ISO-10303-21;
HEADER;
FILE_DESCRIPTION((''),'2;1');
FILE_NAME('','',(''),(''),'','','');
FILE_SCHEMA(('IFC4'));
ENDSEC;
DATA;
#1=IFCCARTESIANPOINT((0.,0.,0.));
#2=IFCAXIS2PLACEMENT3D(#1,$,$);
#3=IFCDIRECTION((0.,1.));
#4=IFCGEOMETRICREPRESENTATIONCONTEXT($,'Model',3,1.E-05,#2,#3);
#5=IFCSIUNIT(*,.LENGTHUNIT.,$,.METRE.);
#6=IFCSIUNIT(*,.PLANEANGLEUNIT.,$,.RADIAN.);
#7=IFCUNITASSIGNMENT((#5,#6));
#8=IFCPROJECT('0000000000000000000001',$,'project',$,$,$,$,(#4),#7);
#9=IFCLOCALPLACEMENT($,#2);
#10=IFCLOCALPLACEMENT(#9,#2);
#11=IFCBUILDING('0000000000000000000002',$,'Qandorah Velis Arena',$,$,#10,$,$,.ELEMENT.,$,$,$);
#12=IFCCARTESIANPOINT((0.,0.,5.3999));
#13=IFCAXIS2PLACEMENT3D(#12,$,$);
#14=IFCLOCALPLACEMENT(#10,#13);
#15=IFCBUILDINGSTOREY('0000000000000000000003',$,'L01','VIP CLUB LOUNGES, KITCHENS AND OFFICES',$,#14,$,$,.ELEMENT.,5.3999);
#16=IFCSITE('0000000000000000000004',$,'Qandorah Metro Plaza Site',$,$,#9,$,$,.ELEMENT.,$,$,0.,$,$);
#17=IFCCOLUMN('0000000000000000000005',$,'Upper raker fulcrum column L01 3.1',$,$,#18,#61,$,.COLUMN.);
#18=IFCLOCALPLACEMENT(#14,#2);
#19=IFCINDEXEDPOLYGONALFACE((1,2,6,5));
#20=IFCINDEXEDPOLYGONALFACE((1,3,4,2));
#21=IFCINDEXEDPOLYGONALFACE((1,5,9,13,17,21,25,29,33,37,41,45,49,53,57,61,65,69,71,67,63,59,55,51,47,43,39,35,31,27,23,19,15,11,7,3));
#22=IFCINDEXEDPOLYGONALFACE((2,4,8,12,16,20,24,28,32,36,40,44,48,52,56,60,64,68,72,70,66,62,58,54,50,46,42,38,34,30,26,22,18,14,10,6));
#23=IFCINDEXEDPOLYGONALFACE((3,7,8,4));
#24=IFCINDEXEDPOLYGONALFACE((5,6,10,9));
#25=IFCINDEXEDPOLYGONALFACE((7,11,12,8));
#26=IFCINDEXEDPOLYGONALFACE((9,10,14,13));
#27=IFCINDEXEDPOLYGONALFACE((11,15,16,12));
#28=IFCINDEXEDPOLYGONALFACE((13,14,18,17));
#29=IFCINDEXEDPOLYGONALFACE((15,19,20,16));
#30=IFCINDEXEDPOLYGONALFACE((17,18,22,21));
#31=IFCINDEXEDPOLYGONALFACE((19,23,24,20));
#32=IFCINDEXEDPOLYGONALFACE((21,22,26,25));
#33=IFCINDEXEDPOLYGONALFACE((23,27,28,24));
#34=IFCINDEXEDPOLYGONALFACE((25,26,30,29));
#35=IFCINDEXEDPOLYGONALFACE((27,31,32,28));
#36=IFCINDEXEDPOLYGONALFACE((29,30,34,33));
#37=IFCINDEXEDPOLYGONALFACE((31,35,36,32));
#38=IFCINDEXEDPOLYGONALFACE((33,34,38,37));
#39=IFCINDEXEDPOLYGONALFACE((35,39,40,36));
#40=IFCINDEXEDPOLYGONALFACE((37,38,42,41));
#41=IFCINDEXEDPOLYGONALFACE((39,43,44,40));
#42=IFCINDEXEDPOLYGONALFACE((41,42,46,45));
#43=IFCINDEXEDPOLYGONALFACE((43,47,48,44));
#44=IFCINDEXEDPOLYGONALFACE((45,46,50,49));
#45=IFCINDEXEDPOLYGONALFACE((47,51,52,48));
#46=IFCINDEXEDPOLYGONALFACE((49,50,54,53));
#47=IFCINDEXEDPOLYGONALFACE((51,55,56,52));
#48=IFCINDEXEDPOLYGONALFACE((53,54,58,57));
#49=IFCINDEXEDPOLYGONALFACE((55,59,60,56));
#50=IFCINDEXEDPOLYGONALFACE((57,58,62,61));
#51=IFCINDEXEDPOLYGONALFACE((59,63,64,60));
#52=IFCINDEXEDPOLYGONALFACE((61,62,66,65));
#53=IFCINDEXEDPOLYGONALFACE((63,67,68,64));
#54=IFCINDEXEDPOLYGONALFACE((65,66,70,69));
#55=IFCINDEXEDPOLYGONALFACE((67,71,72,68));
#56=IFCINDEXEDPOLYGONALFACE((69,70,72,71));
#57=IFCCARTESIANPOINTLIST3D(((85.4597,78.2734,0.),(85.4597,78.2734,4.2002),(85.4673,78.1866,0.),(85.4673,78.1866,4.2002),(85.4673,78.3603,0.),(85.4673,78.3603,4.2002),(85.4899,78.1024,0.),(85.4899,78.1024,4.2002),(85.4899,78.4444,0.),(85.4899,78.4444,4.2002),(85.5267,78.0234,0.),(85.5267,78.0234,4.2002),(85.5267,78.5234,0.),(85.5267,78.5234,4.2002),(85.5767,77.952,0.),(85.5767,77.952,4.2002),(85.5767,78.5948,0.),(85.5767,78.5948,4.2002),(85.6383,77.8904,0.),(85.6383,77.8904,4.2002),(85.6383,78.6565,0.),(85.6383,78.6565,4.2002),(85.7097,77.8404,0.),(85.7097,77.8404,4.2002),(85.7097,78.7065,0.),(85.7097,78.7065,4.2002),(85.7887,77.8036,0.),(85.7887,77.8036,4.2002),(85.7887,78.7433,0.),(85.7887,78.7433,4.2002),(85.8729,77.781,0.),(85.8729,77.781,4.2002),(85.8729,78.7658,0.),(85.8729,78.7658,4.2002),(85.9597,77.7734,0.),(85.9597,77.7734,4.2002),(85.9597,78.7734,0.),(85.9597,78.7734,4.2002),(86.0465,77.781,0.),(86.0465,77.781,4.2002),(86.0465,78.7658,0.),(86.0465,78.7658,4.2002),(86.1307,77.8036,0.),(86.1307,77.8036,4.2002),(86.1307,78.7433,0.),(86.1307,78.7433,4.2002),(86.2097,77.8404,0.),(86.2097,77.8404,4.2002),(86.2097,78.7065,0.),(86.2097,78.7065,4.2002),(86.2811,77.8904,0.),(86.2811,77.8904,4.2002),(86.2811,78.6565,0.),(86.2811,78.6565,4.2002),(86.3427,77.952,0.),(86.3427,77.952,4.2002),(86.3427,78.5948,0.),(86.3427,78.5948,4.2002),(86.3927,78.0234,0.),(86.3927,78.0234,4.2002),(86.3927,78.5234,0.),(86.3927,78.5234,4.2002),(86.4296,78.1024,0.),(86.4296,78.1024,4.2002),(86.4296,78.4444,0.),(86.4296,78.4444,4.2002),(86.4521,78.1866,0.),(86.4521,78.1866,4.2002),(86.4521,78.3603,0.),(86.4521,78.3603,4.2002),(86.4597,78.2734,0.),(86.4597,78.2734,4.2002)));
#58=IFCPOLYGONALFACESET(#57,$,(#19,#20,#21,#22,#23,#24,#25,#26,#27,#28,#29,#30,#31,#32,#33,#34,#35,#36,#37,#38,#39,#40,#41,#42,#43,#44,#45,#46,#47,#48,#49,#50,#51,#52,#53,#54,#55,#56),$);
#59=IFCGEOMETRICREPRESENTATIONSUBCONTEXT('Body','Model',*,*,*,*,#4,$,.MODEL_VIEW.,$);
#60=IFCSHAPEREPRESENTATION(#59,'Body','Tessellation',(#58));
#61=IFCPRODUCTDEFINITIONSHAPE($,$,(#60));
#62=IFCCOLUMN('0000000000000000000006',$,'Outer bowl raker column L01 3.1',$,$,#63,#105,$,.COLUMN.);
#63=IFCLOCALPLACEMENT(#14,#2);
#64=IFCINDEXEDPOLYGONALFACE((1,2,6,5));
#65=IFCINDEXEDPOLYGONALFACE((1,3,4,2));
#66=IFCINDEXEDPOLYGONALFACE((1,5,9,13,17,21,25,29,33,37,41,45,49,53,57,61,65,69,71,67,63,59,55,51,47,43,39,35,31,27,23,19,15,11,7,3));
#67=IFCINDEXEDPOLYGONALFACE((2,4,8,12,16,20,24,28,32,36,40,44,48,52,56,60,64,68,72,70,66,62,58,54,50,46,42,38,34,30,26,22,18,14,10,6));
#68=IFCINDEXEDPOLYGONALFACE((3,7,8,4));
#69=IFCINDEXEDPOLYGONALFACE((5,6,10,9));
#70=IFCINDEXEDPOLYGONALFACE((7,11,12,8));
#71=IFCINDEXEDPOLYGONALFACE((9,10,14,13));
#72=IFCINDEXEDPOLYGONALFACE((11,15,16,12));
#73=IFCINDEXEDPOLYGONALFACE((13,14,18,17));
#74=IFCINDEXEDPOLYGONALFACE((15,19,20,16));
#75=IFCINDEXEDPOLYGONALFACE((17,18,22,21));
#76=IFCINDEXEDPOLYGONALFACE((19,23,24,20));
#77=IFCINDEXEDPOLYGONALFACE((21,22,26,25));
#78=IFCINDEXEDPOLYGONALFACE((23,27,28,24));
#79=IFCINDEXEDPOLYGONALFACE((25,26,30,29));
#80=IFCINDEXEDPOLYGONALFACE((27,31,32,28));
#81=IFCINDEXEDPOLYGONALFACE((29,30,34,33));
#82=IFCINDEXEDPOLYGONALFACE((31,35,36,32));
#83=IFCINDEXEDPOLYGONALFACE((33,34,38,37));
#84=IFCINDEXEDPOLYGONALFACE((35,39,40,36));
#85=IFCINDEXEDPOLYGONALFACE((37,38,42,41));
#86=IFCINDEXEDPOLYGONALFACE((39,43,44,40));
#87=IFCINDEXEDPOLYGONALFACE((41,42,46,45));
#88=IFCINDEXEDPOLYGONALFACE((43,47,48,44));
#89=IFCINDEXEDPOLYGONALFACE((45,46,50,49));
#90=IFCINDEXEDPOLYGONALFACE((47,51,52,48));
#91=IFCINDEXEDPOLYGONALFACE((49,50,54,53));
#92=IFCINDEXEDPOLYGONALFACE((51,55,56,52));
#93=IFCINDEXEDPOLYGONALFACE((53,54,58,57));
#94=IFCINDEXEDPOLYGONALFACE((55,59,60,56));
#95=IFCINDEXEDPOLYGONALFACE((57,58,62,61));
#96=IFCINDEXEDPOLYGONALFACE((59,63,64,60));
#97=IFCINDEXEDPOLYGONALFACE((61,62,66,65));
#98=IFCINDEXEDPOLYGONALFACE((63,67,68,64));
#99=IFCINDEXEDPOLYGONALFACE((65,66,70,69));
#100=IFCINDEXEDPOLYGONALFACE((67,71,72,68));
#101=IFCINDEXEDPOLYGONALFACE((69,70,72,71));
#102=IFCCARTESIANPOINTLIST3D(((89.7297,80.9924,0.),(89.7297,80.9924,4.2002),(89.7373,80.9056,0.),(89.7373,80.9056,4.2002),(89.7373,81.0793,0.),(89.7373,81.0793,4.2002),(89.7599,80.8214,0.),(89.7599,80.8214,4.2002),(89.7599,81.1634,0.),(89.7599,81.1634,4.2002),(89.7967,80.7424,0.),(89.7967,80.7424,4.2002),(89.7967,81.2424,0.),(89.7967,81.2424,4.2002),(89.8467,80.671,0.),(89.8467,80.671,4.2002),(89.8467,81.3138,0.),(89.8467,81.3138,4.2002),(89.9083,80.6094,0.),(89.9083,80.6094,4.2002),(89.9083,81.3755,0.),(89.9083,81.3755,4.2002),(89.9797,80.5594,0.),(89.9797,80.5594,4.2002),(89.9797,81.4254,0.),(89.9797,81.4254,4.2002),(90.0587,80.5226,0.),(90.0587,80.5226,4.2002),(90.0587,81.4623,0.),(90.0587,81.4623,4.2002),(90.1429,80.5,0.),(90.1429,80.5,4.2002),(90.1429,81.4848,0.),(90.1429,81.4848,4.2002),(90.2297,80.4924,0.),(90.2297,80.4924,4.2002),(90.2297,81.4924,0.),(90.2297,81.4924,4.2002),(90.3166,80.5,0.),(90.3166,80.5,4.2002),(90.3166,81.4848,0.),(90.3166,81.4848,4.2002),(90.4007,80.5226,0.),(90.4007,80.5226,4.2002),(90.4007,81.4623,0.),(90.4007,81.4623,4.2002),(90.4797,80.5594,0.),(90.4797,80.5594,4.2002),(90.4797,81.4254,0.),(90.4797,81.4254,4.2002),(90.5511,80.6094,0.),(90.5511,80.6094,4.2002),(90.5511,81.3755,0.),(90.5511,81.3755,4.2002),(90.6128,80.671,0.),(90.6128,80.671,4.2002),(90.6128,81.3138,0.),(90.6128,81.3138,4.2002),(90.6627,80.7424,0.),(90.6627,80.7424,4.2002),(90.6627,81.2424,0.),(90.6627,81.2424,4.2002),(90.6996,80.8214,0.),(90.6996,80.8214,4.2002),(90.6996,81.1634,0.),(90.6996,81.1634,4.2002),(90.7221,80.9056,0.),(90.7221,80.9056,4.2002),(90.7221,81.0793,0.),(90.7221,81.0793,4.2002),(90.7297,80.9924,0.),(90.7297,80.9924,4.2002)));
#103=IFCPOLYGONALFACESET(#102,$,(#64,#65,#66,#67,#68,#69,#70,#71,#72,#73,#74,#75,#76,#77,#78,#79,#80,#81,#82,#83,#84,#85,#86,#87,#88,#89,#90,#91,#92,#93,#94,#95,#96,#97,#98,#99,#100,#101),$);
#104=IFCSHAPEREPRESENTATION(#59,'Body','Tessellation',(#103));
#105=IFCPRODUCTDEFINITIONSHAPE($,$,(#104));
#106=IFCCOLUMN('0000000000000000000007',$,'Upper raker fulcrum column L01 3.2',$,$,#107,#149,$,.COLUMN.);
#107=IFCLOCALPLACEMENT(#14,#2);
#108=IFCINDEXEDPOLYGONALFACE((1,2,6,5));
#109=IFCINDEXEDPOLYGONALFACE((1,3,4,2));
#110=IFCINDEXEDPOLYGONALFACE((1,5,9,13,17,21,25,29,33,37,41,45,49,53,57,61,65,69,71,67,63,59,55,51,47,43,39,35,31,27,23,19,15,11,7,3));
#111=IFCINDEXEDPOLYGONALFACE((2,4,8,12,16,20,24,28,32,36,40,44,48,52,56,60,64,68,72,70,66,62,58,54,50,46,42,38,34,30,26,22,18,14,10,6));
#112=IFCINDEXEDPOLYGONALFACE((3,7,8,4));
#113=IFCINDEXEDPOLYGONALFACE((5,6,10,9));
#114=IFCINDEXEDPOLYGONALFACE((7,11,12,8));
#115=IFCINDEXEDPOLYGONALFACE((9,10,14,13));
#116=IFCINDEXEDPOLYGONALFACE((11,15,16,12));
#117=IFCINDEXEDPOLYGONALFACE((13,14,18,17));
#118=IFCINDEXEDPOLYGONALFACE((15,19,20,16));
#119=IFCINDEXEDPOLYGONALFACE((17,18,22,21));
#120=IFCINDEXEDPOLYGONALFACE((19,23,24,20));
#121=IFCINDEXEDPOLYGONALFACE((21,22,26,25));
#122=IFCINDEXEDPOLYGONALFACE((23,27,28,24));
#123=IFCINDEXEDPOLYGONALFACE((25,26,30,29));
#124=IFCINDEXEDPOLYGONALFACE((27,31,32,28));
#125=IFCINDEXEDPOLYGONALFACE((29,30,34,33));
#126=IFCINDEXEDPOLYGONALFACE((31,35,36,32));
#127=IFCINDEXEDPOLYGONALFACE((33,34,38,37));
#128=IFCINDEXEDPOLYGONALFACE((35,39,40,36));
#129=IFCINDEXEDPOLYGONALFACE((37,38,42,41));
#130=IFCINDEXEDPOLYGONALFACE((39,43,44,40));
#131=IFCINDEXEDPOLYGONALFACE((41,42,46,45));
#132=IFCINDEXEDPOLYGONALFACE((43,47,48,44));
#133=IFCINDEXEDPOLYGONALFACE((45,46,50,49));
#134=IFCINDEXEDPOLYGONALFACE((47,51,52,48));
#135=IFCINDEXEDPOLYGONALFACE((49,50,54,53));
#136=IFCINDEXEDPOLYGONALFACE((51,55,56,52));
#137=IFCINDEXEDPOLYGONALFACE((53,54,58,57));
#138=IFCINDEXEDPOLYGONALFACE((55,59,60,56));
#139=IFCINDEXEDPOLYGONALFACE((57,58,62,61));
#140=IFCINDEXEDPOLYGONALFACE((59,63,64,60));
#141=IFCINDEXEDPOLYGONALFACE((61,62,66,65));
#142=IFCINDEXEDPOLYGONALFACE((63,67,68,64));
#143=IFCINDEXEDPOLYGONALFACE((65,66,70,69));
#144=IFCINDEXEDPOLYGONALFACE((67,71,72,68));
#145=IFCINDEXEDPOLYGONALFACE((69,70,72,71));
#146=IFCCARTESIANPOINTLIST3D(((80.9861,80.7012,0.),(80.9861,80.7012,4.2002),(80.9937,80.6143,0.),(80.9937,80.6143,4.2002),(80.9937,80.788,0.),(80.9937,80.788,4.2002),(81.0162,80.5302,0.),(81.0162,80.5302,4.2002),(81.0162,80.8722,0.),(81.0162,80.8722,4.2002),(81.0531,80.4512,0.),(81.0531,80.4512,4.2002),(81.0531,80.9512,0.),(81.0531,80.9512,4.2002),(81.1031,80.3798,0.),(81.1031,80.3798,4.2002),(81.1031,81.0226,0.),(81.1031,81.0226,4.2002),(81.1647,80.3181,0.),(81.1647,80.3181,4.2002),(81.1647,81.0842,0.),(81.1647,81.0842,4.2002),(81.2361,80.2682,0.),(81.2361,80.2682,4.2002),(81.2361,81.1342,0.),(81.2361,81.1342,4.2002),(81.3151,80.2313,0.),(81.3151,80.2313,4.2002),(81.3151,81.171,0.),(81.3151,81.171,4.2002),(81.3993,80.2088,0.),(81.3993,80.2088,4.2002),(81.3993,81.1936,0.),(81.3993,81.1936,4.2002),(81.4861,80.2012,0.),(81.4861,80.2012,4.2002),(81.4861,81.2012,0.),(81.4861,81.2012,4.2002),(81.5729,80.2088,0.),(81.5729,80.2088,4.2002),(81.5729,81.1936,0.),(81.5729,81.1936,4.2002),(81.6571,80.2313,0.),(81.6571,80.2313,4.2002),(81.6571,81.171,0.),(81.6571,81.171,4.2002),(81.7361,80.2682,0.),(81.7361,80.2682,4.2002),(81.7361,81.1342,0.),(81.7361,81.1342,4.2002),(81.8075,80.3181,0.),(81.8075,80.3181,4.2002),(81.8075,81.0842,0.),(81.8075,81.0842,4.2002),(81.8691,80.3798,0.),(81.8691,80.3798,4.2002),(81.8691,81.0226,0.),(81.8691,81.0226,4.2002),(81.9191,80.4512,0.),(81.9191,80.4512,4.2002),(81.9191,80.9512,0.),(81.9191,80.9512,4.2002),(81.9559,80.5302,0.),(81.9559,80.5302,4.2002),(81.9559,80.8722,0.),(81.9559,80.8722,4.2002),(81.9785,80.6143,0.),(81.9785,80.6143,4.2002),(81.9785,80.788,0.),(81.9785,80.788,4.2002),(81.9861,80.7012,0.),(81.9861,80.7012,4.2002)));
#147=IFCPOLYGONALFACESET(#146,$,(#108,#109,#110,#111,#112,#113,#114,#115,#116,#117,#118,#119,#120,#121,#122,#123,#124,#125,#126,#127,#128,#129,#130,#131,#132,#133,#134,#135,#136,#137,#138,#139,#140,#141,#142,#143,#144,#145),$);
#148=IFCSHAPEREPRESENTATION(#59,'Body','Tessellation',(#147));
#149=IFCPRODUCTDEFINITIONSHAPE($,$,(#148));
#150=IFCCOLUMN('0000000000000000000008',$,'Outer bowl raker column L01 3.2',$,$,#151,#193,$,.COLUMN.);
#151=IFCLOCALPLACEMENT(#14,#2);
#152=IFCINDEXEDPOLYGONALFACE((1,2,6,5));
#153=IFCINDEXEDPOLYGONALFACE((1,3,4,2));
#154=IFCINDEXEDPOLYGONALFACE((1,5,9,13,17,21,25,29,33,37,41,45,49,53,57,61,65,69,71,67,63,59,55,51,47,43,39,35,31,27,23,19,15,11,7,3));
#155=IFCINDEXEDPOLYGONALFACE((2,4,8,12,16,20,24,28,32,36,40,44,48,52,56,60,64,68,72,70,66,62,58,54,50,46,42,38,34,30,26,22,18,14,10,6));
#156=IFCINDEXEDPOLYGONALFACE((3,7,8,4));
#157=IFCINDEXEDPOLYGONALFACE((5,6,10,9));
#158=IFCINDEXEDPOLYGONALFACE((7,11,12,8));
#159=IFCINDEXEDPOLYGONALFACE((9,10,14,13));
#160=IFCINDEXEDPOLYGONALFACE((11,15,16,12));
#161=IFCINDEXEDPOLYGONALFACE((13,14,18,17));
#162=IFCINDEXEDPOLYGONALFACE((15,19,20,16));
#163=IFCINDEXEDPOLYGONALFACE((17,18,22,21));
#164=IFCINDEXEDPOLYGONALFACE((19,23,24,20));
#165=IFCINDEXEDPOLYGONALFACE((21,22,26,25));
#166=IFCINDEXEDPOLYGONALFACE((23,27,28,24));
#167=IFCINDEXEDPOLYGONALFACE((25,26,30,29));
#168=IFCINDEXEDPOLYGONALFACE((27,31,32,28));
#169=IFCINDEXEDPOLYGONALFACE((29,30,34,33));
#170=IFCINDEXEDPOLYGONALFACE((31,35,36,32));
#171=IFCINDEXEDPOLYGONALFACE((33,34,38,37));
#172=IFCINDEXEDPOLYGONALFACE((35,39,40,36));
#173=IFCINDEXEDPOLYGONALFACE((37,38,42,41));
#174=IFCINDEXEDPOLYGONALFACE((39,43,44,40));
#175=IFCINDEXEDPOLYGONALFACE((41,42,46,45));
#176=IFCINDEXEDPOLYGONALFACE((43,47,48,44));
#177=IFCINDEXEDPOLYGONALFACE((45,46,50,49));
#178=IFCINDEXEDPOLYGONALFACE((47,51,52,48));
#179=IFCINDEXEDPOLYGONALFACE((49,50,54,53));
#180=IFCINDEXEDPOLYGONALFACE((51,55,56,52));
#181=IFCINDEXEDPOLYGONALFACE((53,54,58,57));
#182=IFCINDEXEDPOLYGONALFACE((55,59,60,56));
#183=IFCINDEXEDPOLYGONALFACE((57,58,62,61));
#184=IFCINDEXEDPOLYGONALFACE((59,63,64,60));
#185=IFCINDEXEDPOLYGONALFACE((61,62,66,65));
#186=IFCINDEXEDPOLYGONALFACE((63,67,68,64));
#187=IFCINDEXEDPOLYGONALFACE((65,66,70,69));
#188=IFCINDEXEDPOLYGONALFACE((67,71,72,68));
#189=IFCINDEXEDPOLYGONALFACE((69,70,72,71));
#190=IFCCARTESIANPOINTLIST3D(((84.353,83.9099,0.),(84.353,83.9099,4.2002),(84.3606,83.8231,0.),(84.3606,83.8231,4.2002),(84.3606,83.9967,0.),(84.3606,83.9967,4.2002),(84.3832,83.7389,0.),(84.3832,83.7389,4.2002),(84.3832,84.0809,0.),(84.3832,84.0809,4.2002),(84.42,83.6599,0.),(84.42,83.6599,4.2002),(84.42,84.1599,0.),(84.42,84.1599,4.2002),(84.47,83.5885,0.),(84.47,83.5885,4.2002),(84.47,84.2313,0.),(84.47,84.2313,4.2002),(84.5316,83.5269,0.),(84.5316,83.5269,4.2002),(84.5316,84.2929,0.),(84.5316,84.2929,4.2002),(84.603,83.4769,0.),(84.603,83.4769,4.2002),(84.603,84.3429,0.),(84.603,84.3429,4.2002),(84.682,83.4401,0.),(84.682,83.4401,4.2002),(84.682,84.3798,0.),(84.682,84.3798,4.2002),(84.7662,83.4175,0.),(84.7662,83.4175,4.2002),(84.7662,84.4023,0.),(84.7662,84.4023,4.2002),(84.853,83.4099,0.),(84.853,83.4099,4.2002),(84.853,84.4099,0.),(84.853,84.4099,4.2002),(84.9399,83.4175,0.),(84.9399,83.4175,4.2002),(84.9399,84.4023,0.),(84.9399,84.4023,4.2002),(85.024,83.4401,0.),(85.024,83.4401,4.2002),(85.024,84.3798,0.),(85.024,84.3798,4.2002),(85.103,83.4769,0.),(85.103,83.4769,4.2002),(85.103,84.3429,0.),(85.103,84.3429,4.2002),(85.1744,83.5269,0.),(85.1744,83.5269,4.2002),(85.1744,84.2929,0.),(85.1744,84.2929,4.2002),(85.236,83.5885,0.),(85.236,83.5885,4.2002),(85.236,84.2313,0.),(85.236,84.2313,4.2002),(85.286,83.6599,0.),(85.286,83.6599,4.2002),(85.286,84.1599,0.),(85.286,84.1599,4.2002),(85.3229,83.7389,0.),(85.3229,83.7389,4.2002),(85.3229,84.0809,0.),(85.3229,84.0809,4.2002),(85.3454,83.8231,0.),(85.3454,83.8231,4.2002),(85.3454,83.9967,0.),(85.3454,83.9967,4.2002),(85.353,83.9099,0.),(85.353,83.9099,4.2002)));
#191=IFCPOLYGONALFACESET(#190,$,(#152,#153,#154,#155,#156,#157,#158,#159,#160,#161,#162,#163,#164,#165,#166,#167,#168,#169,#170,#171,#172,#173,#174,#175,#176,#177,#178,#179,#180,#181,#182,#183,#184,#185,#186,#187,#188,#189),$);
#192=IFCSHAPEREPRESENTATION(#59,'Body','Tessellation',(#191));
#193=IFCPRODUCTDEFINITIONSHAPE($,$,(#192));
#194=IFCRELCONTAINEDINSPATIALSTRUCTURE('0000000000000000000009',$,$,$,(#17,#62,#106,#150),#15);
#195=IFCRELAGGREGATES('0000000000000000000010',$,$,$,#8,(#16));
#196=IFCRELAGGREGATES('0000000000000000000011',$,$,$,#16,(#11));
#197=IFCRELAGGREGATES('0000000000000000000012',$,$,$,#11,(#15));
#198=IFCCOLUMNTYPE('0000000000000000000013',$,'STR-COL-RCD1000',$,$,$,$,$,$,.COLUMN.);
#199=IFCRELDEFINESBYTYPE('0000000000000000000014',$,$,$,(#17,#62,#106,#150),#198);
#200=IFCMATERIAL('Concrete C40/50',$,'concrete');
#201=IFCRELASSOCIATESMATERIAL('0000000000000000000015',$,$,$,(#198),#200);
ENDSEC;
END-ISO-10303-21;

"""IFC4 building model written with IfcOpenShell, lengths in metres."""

from ifc_helpers import new_model, si_unit, direction, frame, origin, origin_2d, place, context, subcontext, project, spatial, circle, extrude, material, material_profile, profile_set, type_object, element, save


model = new_model("IFC4")

# Units and contexts
model_context = context("Model", 3, precision=1e-05, world=origin(), true_north=direction((0.0, 1.0)))
body_context = subcontext(model_context, "Body", "Model", "MODEL_VIEW")
ifc_project = project(units=[si_unit("LENGTHUNIT", "METRE"), si_unit("PLANEANGLEUNIT", "RADIAN")], contexts=[model_context])

# Site, building, storey
site_placement = place(None, origin())
site = spatial("IfcSite", under=ifc_project, at=site_placement, Name="Qandorah Metro Plaza Site", CompositionType="ELEMENT", RefElevation=0.0)
building_placement = place(site_placement, origin())
building = spatial("IfcBuilding", under=site, at=building_placement, Name="Qandorah Velis Arena", CompositionType="ELEMENT")
storey_placement = place(building_placement, frame((0.0, 0.0, 5.3999)))
storey = spatial("IfcBuildingStorey", under=building, at=storey_placement, Name="L01", Description="VIP CLUB LOUNGES, KITCHENS AND OFFICES", CompositionType="ELEMENT", Elevation=5.3999)

# Columns
ifc_material_1 = material(Name="Concrete C40/50", Category="concrete")
ifc_material_profile_1 = material_profile(ifc_material_1, circle(Radius=0.5, at=origin_2d()), Name="RC D1000")
ifc_profile_set_1 = profile_set([ifc_material_profile_1], Name="Concrete C40/50")
column_type = type_object("IfcColumnType", Name="STR-COL-RCD1000", PredefinedType="COLUMN", material=ifc_profile_set_1)
for number, where, z_axis, x_axis, name in (
    (1, (85.9597, 78.2734, 0.0), (0.0, 0.0, 1.0), (1.0, 0.0, 0.0), "Upper raker fulcrum column L01 3.1"),
    (2, (90.2297, 80.9924, 0.0), (0.0, 0.0, 1.0), (1.0, 0.0, 0.0), "Outer bowl raker column L01 3.1"),
    (3, (81.4861, 80.7012, 0.0), (0.0, 0.0, 1.0), (1.0, 0.0, 0.0), "Upper raker fulcrum column L01 3.2"),
    (4, (84.853, 83.9099, 0.0), (0.0, 0.0, 1.0), (1.0, 0.0, 0.0), "Outer bowl raker column L01 3.2"),
):
    element("IfcColumn", number, at=place(storey_placement, frame(where, z_axis=z_axis, x_axis=x_axis)), inside=storey, type_object=column_type, Name=name, PredefinedType="COLUMN", context=body_context, shape_type="SweptSolid", body=[
        extrude(circle(Radius=0.5, at=origin_2d()), origin(), (0.0, 0.0, 1.0), 4.2002),
    ])

save(model, "model.ifc")
